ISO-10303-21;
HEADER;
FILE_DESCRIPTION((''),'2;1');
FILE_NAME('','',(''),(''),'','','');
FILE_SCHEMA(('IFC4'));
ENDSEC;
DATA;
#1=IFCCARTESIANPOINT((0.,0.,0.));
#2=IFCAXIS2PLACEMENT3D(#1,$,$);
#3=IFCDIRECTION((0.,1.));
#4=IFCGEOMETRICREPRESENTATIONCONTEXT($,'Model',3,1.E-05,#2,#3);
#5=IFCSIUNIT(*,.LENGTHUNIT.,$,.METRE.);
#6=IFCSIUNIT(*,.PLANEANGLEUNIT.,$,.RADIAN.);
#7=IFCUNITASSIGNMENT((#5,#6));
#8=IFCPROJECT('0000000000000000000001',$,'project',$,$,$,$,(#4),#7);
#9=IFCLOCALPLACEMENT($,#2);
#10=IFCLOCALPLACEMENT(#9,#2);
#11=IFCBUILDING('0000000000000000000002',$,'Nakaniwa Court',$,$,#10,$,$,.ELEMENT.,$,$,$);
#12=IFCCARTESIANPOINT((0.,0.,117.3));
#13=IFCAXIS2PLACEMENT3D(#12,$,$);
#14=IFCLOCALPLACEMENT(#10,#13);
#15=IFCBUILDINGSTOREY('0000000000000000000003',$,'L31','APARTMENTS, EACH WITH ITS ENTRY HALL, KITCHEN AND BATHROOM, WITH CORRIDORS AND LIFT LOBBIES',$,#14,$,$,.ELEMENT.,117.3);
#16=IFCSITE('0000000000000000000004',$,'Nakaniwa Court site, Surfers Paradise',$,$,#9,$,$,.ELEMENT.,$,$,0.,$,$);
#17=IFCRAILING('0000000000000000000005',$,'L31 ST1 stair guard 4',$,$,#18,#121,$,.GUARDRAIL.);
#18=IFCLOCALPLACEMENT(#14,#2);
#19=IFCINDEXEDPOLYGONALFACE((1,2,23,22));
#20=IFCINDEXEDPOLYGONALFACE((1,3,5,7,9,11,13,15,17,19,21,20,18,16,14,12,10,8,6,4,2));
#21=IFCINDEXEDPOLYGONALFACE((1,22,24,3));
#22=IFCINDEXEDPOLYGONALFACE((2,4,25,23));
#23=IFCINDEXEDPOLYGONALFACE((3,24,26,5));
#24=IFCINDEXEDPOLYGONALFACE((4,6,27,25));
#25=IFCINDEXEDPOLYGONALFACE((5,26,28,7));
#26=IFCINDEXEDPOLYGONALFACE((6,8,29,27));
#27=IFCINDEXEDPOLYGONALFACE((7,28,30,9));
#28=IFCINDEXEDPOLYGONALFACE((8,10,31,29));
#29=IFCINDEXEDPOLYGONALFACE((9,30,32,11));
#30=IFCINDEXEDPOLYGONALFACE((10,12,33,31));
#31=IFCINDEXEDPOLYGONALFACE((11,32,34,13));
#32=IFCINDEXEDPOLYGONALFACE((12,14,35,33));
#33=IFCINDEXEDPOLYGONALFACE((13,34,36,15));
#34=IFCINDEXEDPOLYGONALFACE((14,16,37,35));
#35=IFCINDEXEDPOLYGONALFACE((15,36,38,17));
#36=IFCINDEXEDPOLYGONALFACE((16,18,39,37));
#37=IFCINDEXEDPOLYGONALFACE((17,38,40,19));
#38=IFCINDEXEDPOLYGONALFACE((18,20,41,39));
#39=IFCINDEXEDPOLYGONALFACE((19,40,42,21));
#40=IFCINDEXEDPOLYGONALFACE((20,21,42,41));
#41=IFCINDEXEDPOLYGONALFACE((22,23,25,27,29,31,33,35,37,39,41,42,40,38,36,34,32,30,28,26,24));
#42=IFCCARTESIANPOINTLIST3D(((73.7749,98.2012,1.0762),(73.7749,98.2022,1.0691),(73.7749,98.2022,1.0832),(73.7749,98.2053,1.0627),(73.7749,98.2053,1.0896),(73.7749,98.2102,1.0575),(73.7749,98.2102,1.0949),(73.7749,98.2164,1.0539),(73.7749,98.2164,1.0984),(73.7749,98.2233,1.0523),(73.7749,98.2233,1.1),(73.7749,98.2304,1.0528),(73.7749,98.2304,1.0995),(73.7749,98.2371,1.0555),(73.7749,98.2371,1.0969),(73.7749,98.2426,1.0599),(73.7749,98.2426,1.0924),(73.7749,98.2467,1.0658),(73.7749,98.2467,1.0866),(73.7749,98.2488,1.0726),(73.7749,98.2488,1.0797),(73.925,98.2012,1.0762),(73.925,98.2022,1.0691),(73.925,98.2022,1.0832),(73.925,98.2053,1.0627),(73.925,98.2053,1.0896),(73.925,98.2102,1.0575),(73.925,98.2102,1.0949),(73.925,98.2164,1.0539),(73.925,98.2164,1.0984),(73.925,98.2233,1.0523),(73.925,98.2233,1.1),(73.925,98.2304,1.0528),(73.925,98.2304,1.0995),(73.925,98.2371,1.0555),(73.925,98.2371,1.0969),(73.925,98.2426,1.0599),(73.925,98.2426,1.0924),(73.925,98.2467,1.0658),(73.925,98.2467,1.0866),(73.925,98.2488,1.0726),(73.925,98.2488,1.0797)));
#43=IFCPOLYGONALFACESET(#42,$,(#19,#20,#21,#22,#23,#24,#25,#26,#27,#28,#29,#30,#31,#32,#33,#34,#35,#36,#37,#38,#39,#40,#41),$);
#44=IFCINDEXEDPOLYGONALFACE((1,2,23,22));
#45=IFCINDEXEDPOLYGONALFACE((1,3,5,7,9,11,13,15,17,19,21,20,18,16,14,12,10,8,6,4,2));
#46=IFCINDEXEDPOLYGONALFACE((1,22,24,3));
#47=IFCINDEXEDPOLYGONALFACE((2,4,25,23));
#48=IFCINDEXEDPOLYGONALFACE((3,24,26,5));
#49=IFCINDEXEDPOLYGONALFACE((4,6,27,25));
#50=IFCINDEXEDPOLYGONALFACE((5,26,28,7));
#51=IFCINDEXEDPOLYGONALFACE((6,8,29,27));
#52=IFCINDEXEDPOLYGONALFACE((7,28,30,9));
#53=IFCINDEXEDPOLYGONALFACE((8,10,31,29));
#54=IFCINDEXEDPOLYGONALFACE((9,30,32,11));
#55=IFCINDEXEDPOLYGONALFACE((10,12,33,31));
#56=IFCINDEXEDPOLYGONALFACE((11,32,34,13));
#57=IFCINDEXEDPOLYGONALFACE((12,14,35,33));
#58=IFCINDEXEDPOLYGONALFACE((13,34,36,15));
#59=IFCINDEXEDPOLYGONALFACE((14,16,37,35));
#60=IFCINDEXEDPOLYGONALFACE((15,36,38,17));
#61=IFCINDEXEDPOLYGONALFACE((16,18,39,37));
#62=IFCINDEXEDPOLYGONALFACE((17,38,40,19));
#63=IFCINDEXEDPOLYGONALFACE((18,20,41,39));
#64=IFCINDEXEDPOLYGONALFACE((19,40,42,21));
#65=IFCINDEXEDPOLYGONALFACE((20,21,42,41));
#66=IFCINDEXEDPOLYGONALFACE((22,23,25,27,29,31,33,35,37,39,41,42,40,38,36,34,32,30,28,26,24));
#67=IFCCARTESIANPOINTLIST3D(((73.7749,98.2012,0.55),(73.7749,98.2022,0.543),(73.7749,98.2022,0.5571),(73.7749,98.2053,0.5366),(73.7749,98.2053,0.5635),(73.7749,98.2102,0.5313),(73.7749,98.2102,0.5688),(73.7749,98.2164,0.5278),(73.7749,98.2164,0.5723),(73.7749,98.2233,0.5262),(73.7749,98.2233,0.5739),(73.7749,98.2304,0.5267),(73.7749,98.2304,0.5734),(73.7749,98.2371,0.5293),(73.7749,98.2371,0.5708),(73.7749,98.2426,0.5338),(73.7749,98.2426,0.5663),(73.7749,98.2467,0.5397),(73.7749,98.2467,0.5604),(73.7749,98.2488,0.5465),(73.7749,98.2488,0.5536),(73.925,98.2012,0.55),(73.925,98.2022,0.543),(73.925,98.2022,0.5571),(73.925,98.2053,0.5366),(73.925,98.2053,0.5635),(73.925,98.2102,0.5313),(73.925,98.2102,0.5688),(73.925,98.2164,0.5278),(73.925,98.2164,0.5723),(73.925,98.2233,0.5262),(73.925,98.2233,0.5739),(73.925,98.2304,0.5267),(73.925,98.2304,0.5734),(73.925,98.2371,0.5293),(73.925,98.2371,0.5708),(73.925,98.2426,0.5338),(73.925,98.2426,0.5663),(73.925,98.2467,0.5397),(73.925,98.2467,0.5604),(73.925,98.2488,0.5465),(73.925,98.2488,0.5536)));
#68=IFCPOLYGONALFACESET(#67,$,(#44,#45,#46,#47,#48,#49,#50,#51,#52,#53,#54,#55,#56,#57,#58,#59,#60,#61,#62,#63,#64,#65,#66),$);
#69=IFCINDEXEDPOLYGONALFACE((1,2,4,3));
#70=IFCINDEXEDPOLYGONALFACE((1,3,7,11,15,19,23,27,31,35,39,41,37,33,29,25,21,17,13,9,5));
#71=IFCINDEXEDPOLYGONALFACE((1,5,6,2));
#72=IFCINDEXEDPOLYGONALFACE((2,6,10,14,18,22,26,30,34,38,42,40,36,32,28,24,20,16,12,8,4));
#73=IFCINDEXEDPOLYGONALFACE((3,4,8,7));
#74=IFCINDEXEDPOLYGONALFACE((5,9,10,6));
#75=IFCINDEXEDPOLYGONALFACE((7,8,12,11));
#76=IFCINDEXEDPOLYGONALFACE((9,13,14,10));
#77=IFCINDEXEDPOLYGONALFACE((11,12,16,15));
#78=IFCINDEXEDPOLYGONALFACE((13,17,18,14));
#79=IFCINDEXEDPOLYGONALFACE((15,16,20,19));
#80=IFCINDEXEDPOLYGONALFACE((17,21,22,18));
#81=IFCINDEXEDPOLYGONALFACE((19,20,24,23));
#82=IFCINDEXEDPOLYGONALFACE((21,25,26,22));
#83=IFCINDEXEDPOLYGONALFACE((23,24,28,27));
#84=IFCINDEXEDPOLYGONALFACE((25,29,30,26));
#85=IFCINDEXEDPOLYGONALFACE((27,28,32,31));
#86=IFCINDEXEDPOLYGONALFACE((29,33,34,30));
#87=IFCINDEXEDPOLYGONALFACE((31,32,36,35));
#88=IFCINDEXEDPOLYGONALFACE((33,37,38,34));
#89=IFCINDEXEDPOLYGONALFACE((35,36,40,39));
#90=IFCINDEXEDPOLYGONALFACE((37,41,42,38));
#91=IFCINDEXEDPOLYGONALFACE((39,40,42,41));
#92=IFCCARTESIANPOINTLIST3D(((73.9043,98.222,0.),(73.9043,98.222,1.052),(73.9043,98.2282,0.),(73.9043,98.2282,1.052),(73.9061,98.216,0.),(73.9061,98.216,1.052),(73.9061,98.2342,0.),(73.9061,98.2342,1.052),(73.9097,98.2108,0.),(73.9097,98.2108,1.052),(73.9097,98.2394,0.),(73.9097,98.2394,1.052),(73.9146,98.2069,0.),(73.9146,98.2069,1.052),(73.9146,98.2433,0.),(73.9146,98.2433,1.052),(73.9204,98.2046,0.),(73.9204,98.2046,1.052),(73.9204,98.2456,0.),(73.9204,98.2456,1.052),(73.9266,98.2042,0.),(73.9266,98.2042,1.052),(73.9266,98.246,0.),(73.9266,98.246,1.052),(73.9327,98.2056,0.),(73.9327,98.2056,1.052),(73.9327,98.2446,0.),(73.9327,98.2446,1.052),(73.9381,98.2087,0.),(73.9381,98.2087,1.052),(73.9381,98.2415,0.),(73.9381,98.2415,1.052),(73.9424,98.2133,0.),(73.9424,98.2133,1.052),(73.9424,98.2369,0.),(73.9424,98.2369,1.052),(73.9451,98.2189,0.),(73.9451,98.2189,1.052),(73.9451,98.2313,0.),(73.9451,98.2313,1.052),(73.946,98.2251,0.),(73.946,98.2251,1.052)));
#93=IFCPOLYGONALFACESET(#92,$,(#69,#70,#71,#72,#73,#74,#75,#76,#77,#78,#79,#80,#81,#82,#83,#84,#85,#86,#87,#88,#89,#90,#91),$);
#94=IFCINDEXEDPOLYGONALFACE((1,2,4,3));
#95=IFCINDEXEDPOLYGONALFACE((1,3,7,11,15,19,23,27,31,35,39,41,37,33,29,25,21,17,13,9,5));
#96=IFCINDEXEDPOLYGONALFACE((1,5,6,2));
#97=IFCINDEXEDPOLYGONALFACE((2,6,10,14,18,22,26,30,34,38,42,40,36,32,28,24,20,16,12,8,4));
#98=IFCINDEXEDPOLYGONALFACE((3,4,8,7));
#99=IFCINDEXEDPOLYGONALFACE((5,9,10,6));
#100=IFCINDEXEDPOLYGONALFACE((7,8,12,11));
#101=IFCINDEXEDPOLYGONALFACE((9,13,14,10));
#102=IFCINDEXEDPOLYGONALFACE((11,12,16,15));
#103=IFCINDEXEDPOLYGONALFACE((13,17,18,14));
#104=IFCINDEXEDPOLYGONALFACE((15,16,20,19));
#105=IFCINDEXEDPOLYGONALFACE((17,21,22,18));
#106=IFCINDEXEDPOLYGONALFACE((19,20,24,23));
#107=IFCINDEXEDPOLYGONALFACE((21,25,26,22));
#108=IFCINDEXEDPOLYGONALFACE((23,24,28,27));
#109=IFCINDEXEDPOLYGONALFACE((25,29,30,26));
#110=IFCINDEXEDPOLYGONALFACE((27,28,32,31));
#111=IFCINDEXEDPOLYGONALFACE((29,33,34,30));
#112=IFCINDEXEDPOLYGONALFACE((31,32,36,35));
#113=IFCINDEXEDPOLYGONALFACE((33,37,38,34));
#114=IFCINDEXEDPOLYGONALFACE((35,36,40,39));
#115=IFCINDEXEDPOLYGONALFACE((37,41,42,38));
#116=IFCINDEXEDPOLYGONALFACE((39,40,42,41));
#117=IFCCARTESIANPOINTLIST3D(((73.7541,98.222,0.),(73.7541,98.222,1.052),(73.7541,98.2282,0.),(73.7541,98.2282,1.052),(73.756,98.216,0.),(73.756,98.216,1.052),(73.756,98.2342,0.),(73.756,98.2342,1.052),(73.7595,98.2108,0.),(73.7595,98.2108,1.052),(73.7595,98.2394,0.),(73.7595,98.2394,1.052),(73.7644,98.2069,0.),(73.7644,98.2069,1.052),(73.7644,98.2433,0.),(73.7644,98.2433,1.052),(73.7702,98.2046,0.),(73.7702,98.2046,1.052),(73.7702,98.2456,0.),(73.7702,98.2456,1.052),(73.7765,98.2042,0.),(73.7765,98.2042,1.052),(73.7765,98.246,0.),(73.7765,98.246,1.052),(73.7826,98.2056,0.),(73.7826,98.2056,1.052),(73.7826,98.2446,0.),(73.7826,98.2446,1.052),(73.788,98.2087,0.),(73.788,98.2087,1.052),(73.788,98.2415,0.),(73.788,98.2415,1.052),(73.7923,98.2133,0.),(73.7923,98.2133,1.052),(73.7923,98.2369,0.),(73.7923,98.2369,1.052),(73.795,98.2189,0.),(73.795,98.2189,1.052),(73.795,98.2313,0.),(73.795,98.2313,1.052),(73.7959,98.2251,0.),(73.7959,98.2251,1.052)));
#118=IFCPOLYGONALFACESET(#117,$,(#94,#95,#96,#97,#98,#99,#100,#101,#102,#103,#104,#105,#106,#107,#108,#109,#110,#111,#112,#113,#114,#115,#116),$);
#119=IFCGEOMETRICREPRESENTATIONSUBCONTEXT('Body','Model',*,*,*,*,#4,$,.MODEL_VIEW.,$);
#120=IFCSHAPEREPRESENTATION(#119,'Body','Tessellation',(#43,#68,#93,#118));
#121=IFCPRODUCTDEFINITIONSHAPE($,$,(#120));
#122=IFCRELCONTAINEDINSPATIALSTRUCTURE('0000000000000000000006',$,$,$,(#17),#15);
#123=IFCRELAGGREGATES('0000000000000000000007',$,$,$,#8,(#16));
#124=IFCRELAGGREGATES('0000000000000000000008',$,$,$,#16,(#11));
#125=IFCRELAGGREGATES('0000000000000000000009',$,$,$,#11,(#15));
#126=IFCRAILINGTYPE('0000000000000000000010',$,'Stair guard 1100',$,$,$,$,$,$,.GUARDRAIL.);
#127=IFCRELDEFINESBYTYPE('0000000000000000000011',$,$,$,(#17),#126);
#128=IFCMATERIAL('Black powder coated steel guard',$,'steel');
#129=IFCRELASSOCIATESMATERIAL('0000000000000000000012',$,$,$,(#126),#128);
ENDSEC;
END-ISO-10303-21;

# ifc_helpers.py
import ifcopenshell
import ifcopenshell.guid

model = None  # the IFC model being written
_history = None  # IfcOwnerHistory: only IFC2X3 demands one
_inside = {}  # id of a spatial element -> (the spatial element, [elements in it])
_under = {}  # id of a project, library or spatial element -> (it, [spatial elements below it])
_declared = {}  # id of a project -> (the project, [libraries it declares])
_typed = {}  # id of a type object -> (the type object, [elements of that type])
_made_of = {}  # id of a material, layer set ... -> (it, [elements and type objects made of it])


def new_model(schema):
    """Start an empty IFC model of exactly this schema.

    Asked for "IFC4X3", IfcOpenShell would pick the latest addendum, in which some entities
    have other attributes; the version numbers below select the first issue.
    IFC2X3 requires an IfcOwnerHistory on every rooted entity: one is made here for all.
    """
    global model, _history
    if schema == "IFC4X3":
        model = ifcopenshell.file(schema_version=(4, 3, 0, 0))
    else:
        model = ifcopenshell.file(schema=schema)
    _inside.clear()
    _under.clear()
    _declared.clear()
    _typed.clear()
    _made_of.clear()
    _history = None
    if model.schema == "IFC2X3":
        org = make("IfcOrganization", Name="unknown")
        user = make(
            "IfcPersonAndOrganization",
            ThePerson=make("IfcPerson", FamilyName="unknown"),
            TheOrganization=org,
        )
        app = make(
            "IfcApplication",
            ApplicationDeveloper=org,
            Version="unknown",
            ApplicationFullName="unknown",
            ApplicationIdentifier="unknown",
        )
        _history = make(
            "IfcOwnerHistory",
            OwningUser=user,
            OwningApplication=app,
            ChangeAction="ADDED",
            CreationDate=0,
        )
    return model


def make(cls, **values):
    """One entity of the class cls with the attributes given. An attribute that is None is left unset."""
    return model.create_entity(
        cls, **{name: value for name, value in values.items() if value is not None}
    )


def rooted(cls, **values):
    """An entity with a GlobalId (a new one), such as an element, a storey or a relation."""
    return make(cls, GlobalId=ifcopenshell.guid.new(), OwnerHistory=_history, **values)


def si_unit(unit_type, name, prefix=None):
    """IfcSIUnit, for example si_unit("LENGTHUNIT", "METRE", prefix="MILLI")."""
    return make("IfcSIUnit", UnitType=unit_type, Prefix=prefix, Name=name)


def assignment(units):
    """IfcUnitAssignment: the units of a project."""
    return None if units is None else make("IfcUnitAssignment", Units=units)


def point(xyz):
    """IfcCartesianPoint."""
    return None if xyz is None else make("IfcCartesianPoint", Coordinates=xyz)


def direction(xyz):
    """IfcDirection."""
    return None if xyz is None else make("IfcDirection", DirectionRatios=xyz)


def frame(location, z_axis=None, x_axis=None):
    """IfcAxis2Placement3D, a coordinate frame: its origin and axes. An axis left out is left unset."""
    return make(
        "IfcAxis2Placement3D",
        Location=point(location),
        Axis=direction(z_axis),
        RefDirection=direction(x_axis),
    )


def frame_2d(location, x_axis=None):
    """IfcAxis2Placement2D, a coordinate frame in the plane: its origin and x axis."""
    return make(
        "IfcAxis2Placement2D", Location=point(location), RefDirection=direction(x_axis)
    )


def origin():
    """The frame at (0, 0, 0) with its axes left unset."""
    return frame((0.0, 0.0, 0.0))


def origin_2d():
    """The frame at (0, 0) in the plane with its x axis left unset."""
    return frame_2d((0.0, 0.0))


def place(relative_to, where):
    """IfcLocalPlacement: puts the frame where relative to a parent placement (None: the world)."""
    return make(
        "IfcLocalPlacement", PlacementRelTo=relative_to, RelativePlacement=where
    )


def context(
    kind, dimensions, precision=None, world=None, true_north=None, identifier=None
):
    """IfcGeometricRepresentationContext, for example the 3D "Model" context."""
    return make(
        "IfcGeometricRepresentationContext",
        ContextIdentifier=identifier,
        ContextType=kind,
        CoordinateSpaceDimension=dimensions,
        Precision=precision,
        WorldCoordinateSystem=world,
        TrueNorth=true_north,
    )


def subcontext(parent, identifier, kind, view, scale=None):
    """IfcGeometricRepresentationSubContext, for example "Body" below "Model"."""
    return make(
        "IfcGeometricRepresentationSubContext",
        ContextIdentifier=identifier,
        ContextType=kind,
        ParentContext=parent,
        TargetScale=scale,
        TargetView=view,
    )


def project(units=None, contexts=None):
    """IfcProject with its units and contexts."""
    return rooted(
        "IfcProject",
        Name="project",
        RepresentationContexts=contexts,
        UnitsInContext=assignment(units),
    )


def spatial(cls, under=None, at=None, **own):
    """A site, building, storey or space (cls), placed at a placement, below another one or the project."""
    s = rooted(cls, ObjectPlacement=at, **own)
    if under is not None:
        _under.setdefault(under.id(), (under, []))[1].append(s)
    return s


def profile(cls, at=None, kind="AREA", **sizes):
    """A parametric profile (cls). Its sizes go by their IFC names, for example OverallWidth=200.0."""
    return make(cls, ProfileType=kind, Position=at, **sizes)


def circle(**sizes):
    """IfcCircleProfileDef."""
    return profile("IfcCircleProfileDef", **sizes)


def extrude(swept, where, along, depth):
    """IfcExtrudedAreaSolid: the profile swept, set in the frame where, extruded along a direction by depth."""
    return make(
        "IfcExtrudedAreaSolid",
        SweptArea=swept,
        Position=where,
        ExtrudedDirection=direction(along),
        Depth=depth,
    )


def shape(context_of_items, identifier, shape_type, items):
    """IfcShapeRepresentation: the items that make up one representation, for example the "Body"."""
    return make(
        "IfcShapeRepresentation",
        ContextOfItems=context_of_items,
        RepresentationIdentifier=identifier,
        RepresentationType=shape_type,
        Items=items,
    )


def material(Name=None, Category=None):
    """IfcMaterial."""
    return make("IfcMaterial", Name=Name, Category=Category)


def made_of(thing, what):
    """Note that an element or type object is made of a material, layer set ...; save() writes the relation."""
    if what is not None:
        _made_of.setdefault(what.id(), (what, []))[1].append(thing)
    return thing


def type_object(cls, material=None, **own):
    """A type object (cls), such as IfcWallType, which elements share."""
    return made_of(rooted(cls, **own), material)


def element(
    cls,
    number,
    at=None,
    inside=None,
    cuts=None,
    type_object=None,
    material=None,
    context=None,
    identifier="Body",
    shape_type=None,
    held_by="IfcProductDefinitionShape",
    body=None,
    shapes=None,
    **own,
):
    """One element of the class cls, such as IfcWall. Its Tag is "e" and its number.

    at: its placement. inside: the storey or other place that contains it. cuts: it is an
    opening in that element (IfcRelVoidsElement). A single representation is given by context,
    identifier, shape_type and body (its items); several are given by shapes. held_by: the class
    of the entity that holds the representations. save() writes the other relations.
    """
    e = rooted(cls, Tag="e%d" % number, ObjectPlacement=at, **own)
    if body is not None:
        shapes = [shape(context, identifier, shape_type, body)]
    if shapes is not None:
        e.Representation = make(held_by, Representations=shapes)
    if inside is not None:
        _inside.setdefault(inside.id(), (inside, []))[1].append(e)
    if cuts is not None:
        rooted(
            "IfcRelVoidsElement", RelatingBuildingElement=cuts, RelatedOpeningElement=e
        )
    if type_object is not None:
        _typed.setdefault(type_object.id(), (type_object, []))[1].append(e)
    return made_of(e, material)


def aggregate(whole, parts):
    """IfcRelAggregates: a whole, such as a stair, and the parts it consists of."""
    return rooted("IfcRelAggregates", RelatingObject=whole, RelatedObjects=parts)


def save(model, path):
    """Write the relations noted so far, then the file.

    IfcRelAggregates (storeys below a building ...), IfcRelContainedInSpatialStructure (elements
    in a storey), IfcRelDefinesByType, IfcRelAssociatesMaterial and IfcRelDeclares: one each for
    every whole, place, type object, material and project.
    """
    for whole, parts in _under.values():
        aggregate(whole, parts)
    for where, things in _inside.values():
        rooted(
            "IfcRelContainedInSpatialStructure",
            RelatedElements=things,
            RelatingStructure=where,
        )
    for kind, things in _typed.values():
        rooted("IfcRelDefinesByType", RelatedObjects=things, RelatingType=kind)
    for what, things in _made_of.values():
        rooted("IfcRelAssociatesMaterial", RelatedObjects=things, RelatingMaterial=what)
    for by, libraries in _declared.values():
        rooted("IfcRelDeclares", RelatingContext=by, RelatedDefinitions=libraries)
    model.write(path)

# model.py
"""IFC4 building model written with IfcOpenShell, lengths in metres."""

from ifc_helpers import new_model, si_unit, direction, frame, origin, origin_2d, place, context, subcontext, project, spatial, circle, extrude, material, type_object, element, save


model = new_model("IFC4")

# Units and contexts
model_context = context("Model", 3, precision=1e-05, world=origin(), true_north=direction((0.0, 1.0)))
body_context = subcontext(model_context, "Body", "Model", "MODEL_VIEW")
ifc_project = project(units=[si_unit("LENGTHUNIT", "METRE"), si_unit("PLANEANGLEUNIT", "RADIAN")], contexts=[model_context])

# Site, building, storey
site_placement = place(None, origin())
site = spatial("IfcSite", under=ifc_project, at=site_placement, Name="Nakaniwa Court site, Surfers Paradise", CompositionType="ELEMENT", RefElevation=0.0)
building_placement = place(site_placement, origin())
building = spatial("IfcBuilding", under=site, at=building_placement, Name="Nakaniwa Court", CompositionType="ELEMENT")
storey_placement = place(building_placement, frame((0.0, 0.0, 117.3)))
storey = spatial("IfcBuildingStorey", under=building, at=storey_placement, Name="L31", Description="APARTMENTS, EACH WITH ITS ENTRY HALL, KITCHEN AND BATHROOM, WITH CORRIDORS AND LIFT LOBBIES", CompositionType="ELEMENT", Elevation=117.3)

# Railing
ifc_material_1 = material(Name="Black powder coated steel guard", Category="steel")
railing_type_1 = type_object("IfcRailingType", Name="Stair guard 1100", PredefinedType="GUARDRAIL", material=ifc_material_1)
railing_1_placement = place(storey_placement, frame((73.925, 98.2251, 0.0)))
element("IfcRailing", 1, at=railing_1_placement, inside=storey, type_object=railing_type_1, Name="L31 ST1 stair guard 4", PredefinedType="GUARDRAIL", context=body_context, shape_type="SweptSolid", body=[
    extrude(circle(Radius=0.0239, at=origin_2d()), frame((0.0, 0.0, 1.0762), z_axis=(-1.0, 0.0, 0.0), x_axis=(0.0, -1.0, 0.0)), (0.0, 0.0, 1.0), 0.1501),
    extrude(circle(Radius=0.0239, at=origin_2d()), frame((0.0, 0.0, 0.55), z_axis=(-1.0, 0.0, 0.0), x_axis=(0.0, -1.0, 0.0)), (0.0, 0.0, 1.0), 0.1501),
    extrude(circle(Radius=0.021, at=origin_2d()), origin(), (0.0, 0.0, 1.0), 1.052),
    extrude(circle(Radius=0.021, at=origin_2d()), frame((-0.1501, 0.0, 0.0)), (0.0, 0.0, 1.0), 1.052),
])

save(model, "model.ifc")
